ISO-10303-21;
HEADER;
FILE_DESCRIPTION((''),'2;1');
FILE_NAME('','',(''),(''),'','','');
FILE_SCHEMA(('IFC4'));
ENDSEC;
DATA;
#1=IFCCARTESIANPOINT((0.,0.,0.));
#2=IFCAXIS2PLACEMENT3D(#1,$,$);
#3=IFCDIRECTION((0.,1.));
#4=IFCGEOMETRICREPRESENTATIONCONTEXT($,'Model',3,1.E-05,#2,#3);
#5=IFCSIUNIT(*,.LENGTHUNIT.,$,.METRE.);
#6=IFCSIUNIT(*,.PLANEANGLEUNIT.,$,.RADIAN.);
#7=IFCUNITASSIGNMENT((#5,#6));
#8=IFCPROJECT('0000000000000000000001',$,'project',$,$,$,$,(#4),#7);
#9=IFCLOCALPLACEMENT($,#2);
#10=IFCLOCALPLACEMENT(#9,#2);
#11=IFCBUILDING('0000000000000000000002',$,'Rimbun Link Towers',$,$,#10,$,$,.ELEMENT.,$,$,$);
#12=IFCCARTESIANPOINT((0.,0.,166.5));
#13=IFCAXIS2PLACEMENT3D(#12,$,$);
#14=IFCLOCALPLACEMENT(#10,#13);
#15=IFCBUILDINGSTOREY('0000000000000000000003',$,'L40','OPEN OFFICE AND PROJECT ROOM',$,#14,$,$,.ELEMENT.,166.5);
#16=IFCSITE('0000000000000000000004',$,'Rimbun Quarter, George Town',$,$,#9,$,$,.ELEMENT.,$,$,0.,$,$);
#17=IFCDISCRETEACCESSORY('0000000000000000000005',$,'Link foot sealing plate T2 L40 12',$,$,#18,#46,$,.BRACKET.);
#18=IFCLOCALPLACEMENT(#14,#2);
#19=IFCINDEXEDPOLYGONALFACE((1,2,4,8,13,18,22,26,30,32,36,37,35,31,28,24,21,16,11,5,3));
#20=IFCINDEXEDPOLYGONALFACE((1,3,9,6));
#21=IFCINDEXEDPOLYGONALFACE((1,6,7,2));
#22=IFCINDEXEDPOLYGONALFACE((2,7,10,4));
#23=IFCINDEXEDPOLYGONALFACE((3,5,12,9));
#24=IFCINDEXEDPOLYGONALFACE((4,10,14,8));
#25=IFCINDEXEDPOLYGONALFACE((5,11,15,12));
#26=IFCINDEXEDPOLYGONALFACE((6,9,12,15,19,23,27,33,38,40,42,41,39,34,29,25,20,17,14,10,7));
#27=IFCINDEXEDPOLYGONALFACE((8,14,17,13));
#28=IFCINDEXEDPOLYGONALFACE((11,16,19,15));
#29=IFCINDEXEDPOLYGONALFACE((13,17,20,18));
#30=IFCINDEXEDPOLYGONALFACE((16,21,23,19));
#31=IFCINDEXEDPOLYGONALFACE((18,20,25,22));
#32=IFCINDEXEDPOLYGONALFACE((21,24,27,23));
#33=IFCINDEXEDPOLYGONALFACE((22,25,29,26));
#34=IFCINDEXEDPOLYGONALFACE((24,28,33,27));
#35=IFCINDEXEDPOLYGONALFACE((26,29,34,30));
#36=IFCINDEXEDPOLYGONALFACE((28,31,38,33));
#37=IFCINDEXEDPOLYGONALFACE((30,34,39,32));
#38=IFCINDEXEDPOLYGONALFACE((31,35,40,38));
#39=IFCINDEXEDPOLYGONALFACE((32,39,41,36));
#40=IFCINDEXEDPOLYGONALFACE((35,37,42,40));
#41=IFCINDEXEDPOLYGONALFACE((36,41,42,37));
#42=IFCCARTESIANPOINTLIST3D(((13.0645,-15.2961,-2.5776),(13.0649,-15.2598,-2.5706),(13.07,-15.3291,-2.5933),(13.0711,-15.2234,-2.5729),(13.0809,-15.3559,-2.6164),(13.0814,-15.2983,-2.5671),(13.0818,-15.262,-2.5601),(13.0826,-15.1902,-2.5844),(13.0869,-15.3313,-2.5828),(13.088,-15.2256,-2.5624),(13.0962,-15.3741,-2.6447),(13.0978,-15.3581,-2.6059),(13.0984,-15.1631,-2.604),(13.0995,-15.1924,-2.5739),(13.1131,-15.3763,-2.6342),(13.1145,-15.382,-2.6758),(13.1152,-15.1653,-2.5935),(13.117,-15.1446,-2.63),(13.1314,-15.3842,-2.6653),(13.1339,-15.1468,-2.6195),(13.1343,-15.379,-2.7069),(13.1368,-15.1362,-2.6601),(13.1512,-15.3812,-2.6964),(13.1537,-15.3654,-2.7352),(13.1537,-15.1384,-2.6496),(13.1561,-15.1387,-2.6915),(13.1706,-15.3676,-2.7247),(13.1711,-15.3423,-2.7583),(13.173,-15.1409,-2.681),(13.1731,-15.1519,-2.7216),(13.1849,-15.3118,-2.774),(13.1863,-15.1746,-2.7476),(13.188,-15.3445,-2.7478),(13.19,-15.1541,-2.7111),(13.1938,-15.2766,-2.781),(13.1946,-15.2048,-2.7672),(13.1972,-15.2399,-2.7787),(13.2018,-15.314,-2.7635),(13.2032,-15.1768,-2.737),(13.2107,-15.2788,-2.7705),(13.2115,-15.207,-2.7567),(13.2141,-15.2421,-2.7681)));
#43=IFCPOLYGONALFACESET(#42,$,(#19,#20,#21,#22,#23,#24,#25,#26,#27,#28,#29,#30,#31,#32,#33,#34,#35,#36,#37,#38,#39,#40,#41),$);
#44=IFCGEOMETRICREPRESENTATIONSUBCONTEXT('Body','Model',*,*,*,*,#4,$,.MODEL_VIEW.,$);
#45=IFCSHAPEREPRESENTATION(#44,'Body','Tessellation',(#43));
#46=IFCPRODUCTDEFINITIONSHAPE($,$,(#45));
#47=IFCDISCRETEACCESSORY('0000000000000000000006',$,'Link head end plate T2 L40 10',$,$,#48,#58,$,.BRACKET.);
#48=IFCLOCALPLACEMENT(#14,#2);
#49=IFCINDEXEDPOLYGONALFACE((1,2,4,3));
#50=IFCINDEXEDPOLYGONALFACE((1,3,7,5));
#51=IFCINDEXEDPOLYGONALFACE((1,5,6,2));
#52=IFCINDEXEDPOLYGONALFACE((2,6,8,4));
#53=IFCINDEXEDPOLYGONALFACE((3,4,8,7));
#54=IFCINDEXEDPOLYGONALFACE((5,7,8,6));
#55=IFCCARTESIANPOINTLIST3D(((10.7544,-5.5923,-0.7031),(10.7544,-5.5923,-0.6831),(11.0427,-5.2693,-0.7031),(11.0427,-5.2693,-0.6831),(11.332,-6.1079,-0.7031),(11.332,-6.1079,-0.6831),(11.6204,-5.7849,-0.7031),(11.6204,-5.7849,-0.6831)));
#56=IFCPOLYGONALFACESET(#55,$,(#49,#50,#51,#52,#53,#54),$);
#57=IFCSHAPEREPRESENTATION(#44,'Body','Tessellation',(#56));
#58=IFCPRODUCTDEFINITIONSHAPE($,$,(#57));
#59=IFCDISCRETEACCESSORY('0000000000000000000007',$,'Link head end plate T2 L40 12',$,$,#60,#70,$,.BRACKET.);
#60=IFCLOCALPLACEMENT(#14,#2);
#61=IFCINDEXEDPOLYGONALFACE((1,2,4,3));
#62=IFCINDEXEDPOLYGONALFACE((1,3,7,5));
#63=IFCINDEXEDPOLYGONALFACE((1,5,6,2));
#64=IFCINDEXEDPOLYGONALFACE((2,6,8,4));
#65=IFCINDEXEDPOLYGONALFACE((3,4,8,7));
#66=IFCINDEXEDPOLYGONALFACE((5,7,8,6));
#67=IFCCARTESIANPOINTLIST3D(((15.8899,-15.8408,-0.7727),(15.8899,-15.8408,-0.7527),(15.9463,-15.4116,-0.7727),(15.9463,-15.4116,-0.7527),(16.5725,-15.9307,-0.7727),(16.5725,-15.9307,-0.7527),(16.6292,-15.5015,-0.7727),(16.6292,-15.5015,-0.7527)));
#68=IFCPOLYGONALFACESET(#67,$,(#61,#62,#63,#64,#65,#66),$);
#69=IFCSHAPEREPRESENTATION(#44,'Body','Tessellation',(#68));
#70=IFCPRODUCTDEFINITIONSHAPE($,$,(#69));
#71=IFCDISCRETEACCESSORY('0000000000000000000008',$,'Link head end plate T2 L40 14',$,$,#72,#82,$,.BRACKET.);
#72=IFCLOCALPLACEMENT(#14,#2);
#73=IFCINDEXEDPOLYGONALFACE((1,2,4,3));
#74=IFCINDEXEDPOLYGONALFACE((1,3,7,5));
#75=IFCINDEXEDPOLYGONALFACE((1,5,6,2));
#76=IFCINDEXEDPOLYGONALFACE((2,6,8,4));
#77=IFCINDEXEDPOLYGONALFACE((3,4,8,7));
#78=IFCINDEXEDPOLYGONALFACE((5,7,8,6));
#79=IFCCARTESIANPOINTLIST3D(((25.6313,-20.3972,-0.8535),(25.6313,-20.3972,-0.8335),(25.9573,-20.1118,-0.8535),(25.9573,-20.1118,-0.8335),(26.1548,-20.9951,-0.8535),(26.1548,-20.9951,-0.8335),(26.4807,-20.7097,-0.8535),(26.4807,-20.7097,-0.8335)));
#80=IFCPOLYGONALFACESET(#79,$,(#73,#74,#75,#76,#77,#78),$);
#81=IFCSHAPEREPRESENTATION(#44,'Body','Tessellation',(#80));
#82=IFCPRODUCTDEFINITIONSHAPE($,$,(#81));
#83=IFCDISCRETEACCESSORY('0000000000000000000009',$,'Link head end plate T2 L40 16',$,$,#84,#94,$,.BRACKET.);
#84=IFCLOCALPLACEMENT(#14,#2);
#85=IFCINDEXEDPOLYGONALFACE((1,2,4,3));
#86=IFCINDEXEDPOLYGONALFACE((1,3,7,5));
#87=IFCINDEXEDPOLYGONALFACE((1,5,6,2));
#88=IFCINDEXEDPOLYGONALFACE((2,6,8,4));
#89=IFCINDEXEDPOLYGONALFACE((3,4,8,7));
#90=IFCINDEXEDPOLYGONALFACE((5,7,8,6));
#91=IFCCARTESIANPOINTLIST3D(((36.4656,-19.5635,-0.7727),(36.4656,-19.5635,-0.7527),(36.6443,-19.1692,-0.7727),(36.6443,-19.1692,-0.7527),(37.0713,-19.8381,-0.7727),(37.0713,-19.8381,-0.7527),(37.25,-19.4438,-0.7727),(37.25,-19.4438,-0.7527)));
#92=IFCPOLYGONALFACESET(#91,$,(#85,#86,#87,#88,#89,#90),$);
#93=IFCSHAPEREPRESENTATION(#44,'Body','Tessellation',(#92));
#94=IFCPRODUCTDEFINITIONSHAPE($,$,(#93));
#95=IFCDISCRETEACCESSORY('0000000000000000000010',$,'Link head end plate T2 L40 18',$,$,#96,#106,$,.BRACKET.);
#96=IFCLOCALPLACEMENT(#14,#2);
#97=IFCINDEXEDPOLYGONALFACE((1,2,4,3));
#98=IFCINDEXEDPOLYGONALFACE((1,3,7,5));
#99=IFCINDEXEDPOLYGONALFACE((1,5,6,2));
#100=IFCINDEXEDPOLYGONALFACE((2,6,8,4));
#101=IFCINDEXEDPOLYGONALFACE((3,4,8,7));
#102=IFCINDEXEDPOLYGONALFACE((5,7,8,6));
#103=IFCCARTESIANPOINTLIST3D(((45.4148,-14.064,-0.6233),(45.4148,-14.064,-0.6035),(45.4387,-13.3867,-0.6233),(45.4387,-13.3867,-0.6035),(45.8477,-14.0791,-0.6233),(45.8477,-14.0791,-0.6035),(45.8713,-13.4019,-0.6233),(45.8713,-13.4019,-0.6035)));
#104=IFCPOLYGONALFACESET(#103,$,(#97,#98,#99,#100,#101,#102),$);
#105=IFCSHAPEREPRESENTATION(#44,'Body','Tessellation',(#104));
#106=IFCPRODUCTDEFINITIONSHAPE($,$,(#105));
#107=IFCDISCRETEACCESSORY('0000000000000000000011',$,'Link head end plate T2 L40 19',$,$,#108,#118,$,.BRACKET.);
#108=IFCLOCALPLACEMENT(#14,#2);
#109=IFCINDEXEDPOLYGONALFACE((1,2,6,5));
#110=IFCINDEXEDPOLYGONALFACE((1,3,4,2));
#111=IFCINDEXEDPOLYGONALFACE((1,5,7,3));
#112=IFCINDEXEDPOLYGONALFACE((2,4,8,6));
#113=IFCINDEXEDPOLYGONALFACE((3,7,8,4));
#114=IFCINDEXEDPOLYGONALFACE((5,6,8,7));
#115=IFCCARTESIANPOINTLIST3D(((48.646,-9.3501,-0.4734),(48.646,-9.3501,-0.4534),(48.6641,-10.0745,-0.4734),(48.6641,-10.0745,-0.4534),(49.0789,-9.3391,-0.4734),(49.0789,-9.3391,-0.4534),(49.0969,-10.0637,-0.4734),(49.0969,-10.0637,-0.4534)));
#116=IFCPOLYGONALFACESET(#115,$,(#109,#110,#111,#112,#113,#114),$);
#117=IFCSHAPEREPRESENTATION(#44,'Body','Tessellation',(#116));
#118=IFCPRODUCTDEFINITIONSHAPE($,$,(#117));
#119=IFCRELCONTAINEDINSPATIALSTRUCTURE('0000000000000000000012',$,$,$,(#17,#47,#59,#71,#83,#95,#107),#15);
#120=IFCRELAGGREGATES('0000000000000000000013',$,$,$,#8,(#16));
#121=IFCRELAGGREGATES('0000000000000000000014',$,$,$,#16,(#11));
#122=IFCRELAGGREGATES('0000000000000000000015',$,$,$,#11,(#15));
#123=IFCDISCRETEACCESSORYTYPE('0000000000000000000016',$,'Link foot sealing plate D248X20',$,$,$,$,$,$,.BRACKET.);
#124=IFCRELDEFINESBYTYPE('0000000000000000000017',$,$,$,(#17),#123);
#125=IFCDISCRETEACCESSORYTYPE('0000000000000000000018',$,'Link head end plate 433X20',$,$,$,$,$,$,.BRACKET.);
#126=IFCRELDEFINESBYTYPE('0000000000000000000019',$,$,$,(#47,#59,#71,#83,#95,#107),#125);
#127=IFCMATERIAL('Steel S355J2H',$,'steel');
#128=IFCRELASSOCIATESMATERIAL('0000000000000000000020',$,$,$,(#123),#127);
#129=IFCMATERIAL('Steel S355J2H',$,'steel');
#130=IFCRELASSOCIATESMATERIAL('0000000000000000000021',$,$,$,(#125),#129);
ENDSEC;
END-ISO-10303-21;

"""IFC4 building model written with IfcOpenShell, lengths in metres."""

from ifc_helpers import new_model, si_unit, direction, frame, origin, origin_2d, place, context, subcontext, project, spatial, polyline, rectangle, circle, outline, extrude, material, material_profile, profile_set, type_object, element, save


model = new_model("IFC4")

# Units and contexts
model_context = context("Model", 3, precision=1e-05, world=origin(), true_north=direction((0.0, 1.0)))
body_context = subcontext(model_context, "Body", "Model", "MODEL_VIEW")
ifc_project = project(units=[si_unit("LENGTHUNIT", "METRE"), si_unit("PLANEANGLEUNIT", "RADIAN")], contexts=[model_context])

# Site, building, storey
site_placement = place(None, origin())
site = spatial("IfcSite", under=ifc_project, at=site_placement, Name="Rimbun Quarter, George Town", CompositionType="ELEMENT", RefElevation=0.0)
building_placement = place(site_placement, origin())
building = spatial("IfcBuilding", under=site, at=building_placement, Name="Rimbun Link Towers", CompositionType="ELEMENT")
storey_placement = place(building_placement, frame((0.0, 0.0, 166.5)))
storey = spatial("IfcBuildingStorey", under=building, at=storey_placement, Name="L40", Description="OPEN OFFICE AND PROJECT ROOM", CompositionType="ELEMENT", Elevation=166.5)

# Discrete accessories
ifc_material_1 = material(Name="Steel S355J2H", Category="steel")
ifc_material_profile_1 = material_profile(ifc_material_1, circle(Radius=0.124, at=origin_2d()), Name="PL D248")
ifc_profile_set_1 = profile_set([ifc_material_profile_1], Name="Steel S355J2H")
discrete_accessory_type_1 = type_object("IfcDiscreteAccessoryType", Name="Link foot sealing plate D248X20", PredefinedType="BRACKET", material=ifc_profile_set_1)
for number, where, z_axis, x_axis, name in (
    (1, (13.1475, -15.2612, -2.6653), (-0.843536, 0.110026, -0.525682), (-0.129339, -0.9916, 0.0), "Link foot sealing plate T2 L40 12"),
):
    element("IfcDiscreteAccessory", number, at=place(storey_placement, frame(where, z_axis=z_axis, x_axis=x_axis)), inside=storey, type_object=discrete_accessory_type_1, Name=name, PredefinedType="BRACKET", context=body_context, shape_type="SweptSolid", body=[
        extrude(circle(Radius=0.124, at=origin_2d()), origin(), (0.0, 0.0, 1.0), 0.02),
    ])
ifc_material_2 = material(Name="Steel S355J2H", Category="steel")
ifc_material_profile_2 = material_profile(ifc_material_2, rectangle(XDim=0.4331, YDim=0.4331, at=origin_2d()), Name="PL 433x433")
ifc_profile_set_2 = profile_set([ifc_material_profile_2], Name="Steel S355J2H")
discrete_accessory_type_2 = type_object("IfcDiscreteAccessoryType", Name="Link head end plate 433X20", PredefinedType="BRACKET", material=ifc_profile_set_2)
discrete_accessory_1_placement = place(storey_placement, frame((0.0, 0.0, -0.7031)))
element("IfcDiscreteAccessory", 2, at=discrete_accessory_1_placement, inside=storey, type_object=discrete_accessory_type_2, Name="Link head end plate T2 L40 10", PredefinedType="BRACKET", context=body_context, shape_type="SweptSolid", body=[
    extrude(outline(polyline([(11.6204, -5.7849), (11.0427, -5.2693), (10.7544, -5.5923), (11.332, -6.1079), (11.6204, -5.7849)])), origin(), (0.0, 0.0, 1.0), 0.02),
])
discrete_accessory_2_placement = place(storey_placement, frame((0.0, 0.0, -0.7727)))
element("IfcDiscreteAccessory", 3, at=discrete_accessory_2_placement, inside=storey, type_object=discrete_accessory_type_2, Name="Link head end plate T2 L40 12", PredefinedType="BRACKET", context=body_context, shape_type="SweptSolid", body=[
    extrude(outline(polyline([(16.6292, -15.5015), (15.9463, -15.4116), (15.8899, -15.8408), (16.5725, -15.9307), (16.6292, -15.5015)])), origin(), (0.0, 0.0, 1.0), 0.02),
])
discrete_accessory_3_placement = place(storey_placement, frame((0.0, 0.0, -0.8535)))
element("IfcDiscreteAccessory", 4, at=discrete_accessory_3_placement, inside=storey, type_object=discrete_accessory_type_2, Name="Link head end plate T2 L40 14", PredefinedType="BRACKET", context=body_context, shape_type="SweptSolid", body=[
    extrude(outline(polyline([(25.6313, -20.3972), (26.1548, -20.9951), (26.4807, -20.7097), (25.9573, -20.1118), (25.6313, -20.3972)])), origin(), (0.0, 0.0, 1.0), 0.02),
])
discrete_accessory_4_placement = place(storey_placement, frame((0.0, 0.0, -0.7727)))
element("IfcDiscreteAccessory", 5, at=discrete_accessory_4_placement, inside=storey, type_object=discrete_accessory_type_2, Name="Link head end plate T2 L40 16", PredefinedType="BRACKET", context=body_context, shape_type="SweptSolid", body=[
    extrude(outline(polyline([(36.4656, -19.5635), (37.0713, -19.8381), (37.25, -19.4438), (36.6443, -19.1692), (36.4656, -19.5635)])), origin(), (0.0, 0.0, 1.0), 0.02),
])
discrete_accessory_5_placement = place(storey_placement, frame((0.0, 0.0, -0.6233)))
element("IfcDiscreteAccessory", 6, at=discrete_accessory_5_placement, inside=storey, type_object=discrete_accessory_type_2, Name="Link head end plate T2 L40 18", PredefinedType="BRACKET", context=body_context, shape_type="SweptSolid", body=[
    extrude(outline(polyline([(45.4387, -13.3867), (45.4148, -14.064), (45.8477, -14.0791), (45.8713, -13.4019), (45.4387, -13.3867)])), origin(), (0.0, 0.0, 1.0), 0.0198),
])
discrete_accessory_6_placement = place(storey_placement, frame((0.0, 0.0, -0.4734)))
element("IfcDiscreteAccessory", 7, at=discrete_accessory_6_placement, inside=storey, type_object=discrete_accessory_type_2, Name="Link head end plate T2 L40 19", PredefinedType="BRACKET", context=body_context, shape_type="SweptSolid", body=[
    extrude(outline(polyline([(48.646, -9.3501), (48.6641, -10.0745), (49.0969, -10.0637), (49.0789, -9.3391), (48.646, -9.3501)])), origin(), (0.0, 0.0, 1.0), 0.02),
])

save(model, "model.ifc")
